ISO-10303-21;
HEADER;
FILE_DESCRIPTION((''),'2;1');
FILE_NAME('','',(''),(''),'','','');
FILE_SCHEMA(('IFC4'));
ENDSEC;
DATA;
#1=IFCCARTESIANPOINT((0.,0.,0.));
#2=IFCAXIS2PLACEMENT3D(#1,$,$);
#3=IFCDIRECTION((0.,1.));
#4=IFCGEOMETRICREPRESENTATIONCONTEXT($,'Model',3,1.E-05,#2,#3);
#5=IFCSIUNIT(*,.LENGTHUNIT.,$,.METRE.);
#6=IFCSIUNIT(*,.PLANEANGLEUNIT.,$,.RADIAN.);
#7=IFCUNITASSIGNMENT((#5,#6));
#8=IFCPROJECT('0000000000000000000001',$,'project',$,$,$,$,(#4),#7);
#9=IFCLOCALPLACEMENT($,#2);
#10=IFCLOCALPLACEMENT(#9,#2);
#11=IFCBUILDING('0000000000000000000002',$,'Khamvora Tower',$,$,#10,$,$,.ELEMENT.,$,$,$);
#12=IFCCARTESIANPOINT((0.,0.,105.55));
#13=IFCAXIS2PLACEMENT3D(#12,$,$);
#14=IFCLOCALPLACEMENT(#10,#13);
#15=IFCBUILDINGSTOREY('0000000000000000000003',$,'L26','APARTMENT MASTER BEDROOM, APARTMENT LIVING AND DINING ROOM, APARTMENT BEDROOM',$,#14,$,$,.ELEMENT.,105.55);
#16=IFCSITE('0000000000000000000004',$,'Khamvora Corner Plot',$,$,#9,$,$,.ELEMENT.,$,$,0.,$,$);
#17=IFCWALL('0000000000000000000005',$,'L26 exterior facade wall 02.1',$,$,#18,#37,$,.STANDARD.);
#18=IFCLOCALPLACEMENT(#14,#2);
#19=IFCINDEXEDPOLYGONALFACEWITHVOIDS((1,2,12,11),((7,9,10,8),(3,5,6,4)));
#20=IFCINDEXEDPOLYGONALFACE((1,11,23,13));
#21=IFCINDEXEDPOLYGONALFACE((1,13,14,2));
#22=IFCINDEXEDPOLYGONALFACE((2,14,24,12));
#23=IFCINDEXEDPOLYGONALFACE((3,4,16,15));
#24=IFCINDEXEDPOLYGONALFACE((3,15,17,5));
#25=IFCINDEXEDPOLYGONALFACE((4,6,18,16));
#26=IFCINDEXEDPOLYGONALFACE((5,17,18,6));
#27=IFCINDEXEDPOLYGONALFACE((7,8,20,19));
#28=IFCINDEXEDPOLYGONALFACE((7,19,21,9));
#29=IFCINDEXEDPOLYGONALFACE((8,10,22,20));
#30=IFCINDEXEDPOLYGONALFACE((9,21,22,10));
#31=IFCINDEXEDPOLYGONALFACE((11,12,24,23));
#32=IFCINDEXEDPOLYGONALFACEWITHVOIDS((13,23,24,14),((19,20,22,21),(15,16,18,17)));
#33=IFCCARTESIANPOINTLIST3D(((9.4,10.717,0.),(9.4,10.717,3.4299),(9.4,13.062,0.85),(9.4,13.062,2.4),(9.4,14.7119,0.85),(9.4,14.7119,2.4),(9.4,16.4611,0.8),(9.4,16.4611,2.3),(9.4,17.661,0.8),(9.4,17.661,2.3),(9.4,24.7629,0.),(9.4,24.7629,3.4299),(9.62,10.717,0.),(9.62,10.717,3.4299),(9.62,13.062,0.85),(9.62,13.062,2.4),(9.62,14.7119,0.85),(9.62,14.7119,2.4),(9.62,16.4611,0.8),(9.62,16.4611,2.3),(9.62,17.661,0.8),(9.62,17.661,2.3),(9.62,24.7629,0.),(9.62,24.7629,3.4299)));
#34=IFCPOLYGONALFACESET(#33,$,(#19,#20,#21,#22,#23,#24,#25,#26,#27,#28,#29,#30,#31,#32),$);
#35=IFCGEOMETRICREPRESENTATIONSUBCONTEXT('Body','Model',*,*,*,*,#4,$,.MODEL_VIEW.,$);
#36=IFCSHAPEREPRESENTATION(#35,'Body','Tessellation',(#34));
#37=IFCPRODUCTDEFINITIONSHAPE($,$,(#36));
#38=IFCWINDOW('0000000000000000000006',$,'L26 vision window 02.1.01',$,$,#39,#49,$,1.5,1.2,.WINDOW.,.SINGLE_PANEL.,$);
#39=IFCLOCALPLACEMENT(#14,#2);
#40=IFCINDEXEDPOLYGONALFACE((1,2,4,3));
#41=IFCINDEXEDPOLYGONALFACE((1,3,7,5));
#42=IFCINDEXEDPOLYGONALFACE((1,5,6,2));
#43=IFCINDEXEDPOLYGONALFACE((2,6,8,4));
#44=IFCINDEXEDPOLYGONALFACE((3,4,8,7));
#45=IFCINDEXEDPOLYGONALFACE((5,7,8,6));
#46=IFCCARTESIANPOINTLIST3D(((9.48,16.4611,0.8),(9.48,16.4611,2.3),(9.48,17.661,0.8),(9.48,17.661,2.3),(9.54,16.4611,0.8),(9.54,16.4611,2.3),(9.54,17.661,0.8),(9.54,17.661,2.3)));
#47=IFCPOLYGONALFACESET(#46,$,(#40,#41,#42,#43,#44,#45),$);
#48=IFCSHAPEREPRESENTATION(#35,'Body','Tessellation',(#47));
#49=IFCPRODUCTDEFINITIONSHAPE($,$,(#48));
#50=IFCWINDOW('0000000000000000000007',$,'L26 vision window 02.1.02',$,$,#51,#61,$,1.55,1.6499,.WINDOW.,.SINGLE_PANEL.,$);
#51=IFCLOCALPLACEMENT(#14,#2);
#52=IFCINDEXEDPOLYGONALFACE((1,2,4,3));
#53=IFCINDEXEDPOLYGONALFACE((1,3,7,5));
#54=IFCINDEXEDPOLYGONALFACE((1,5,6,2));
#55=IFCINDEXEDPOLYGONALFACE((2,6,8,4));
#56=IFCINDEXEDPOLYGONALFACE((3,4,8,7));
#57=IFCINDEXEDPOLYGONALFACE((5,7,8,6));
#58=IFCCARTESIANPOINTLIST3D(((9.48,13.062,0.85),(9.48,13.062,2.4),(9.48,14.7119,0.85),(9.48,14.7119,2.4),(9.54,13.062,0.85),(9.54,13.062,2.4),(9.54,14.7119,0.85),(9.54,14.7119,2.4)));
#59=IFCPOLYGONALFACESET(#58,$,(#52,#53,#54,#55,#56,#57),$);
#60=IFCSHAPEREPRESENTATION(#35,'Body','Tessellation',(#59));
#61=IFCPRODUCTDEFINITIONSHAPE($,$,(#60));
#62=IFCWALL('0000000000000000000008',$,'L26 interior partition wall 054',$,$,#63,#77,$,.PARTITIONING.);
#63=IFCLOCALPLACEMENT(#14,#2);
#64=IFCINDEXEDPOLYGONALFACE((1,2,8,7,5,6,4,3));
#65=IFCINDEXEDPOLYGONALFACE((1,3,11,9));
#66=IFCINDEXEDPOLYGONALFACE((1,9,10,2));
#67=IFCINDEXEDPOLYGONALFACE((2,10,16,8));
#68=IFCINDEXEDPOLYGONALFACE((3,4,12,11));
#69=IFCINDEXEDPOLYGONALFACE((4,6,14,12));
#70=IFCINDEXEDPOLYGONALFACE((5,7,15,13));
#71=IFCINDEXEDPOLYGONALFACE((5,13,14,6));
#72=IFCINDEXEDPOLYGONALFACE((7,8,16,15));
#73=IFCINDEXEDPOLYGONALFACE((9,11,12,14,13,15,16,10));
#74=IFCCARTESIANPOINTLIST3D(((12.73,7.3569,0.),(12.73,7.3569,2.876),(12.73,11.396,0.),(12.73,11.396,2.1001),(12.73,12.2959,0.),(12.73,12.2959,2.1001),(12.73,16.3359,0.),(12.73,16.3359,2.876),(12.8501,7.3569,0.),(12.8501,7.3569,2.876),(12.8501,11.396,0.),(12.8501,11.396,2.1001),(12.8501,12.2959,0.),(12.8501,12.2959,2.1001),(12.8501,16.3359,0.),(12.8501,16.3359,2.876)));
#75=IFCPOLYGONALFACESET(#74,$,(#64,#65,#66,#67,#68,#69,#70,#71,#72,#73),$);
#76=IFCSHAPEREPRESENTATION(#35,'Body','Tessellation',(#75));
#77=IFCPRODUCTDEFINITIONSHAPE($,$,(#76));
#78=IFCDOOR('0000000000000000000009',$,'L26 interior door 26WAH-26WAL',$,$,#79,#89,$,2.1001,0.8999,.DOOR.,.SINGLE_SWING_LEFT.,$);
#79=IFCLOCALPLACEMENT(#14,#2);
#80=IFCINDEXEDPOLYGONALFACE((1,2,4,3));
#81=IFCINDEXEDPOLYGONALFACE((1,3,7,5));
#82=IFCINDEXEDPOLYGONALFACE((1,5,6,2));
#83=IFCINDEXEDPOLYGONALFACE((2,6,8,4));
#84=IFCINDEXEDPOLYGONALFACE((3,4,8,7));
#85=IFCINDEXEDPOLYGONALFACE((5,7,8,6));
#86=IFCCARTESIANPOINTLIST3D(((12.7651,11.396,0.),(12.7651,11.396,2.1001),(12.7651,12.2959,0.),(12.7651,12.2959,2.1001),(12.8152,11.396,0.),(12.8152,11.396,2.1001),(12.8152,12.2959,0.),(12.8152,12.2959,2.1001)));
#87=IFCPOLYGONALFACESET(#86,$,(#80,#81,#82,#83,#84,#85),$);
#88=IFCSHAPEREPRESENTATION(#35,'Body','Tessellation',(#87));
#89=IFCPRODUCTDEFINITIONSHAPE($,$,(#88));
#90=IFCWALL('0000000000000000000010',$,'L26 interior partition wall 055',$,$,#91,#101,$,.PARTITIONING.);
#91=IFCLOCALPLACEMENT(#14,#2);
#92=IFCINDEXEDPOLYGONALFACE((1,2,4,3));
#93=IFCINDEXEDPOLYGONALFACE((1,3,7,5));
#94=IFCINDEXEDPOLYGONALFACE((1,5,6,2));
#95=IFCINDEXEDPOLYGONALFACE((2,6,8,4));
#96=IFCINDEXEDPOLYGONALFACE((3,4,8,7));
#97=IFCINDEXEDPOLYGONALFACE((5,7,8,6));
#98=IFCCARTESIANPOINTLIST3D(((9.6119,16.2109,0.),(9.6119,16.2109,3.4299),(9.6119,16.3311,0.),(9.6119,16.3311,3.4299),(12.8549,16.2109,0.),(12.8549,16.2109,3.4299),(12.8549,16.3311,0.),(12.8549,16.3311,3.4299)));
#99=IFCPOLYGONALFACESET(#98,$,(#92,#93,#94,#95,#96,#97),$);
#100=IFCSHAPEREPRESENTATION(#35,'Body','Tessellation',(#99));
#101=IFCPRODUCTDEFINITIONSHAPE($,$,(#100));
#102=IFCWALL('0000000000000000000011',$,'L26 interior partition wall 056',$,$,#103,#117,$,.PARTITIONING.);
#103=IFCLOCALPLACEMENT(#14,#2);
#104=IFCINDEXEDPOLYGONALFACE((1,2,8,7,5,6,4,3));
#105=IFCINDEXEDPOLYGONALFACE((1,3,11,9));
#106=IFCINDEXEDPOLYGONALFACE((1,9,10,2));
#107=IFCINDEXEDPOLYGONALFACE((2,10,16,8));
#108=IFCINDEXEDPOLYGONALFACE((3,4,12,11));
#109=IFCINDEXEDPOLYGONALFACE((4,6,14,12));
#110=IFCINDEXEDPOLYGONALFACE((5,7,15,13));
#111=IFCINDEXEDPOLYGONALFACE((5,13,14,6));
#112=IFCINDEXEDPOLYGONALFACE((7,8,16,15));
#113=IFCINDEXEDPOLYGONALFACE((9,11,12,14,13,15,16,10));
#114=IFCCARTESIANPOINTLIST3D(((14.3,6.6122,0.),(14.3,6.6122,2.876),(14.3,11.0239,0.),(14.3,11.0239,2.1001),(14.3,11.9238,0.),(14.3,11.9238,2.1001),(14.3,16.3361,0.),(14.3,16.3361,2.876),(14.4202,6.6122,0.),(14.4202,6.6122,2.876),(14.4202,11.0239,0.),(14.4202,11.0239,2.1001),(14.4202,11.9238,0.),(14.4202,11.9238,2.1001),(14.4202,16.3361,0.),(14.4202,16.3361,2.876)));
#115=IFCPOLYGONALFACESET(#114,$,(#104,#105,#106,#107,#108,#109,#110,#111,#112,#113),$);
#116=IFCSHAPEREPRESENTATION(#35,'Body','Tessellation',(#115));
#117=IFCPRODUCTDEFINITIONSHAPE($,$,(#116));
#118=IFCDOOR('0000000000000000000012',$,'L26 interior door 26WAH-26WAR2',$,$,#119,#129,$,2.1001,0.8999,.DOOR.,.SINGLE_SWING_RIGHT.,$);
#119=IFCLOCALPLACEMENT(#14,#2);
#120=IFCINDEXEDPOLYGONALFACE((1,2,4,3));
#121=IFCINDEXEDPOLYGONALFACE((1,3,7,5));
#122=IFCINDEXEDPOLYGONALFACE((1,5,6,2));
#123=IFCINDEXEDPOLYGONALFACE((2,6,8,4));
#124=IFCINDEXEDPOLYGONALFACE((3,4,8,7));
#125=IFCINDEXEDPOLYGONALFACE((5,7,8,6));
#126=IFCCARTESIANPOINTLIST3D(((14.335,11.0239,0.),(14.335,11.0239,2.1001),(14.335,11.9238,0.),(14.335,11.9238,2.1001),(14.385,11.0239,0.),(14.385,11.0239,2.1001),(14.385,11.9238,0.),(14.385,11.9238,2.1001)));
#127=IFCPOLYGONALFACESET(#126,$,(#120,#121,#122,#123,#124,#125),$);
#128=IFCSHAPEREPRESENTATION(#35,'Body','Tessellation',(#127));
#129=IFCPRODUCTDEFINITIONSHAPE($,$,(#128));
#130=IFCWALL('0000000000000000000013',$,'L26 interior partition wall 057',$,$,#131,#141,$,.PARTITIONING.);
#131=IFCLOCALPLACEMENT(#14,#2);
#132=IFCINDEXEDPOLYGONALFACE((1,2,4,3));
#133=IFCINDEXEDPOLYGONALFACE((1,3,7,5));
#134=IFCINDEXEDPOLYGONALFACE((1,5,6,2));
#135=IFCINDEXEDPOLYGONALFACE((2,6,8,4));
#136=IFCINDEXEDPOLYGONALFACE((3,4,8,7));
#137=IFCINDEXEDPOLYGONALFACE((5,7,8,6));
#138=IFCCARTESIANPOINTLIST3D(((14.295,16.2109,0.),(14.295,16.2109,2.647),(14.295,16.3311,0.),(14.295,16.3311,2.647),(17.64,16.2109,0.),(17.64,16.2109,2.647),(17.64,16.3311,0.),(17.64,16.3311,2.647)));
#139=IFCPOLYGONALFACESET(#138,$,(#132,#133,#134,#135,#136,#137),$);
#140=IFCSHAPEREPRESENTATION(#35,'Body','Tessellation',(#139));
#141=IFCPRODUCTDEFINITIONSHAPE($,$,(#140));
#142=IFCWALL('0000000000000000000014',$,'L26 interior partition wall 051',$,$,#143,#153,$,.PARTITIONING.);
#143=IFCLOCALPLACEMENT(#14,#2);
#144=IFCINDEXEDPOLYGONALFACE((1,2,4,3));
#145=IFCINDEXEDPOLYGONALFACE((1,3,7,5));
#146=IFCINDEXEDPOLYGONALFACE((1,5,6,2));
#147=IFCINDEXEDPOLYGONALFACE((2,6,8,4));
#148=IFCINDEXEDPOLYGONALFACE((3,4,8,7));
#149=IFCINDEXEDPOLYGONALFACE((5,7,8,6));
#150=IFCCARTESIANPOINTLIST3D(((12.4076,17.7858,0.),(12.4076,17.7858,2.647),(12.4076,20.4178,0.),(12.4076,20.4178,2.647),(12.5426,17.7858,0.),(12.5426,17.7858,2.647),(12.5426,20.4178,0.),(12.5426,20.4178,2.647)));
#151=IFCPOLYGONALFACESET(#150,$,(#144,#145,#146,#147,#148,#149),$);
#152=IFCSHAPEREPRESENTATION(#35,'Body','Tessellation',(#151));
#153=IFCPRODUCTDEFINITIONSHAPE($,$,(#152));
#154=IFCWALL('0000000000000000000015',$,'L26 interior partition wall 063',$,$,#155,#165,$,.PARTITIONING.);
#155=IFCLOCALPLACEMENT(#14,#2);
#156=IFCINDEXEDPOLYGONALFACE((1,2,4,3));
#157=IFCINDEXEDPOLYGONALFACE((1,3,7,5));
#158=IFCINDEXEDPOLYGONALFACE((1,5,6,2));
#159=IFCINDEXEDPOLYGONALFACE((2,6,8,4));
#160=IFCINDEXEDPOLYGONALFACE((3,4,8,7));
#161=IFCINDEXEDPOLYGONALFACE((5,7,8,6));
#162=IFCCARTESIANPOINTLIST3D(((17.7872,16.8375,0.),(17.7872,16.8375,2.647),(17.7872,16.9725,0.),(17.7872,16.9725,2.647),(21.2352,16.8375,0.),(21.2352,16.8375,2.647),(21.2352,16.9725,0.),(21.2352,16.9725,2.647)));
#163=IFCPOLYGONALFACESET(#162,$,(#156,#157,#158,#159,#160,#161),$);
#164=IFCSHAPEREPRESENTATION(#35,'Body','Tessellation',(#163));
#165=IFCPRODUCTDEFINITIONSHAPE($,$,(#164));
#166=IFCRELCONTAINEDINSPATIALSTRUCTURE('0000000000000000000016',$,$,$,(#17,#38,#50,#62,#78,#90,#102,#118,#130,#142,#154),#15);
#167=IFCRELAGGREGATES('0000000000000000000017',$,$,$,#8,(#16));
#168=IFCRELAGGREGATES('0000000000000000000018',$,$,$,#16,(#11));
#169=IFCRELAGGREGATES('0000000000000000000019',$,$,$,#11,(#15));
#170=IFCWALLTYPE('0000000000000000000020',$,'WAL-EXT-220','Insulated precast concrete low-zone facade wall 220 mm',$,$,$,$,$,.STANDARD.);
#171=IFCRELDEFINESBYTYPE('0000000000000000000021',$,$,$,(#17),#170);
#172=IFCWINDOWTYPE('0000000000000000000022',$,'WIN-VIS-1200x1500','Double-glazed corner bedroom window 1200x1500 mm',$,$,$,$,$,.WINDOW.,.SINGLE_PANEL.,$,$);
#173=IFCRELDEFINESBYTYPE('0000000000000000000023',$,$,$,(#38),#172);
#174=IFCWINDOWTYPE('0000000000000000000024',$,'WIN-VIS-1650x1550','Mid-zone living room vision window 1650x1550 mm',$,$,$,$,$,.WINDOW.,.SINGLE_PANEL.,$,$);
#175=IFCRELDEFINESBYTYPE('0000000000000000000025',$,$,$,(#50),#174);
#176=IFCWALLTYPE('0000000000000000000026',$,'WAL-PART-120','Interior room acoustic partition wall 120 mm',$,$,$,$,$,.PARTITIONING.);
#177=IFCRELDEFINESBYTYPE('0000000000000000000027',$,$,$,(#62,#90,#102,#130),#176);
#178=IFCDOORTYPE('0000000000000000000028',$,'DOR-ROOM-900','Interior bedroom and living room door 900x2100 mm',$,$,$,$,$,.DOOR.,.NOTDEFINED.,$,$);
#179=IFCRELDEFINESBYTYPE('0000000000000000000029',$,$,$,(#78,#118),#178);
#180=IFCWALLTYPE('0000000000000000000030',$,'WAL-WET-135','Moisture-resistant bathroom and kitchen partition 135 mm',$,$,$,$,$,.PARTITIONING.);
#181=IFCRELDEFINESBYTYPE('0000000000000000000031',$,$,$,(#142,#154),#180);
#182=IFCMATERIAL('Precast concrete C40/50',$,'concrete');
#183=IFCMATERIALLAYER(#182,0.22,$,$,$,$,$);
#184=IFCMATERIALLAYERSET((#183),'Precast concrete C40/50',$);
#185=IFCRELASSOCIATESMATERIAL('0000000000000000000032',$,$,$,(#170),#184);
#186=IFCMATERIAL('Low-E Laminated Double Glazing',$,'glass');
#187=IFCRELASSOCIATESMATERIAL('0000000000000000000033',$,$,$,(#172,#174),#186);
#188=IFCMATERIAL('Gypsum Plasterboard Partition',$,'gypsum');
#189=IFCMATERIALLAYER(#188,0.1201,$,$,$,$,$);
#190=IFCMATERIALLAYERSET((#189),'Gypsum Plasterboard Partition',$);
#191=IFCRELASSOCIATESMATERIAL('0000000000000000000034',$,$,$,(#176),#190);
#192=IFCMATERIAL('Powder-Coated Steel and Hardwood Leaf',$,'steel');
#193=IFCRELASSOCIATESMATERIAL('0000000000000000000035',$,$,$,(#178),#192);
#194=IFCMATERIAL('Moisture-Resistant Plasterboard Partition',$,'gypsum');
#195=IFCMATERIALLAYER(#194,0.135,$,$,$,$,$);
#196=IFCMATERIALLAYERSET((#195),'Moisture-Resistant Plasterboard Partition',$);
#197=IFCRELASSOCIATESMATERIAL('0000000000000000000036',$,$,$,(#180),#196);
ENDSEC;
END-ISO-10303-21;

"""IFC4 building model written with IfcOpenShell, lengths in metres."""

from ifc_helpers import new_model, si_unit, direction, frame, frame_2d, origin, place, context, subcontext, project, spatial, rectangle, extrude, material, layer, layer_set, type_object, element, fill, save


model = new_model("IFC4")

# Units and contexts
model_context = context("Model", 3, precision=1e-05, world=origin(), true_north=direction((0.0, 1.0)))
body_context = subcontext(model_context, "Body", "Model", "MODEL_VIEW")
ifc_project = project(units=[si_unit("LENGTHUNIT", "METRE"), si_unit("PLANEANGLEUNIT", "RADIAN")], contexts=[model_context])

# Site, building, storey
site_placement = place(None, origin())
site = spatial("IfcSite", under=ifc_project, at=site_placement, Name="Khamvora Corner Plot", CompositionType="ELEMENT", RefElevation=0.0)
building_placement = place(site_placement, origin())
building = spatial("IfcBuilding", under=site, at=building_placement, Name="Khamvora Tower", CompositionType="ELEMENT")
storey_placement = place(building_placement, frame((0.0, 0.0, 105.55)))
storey = spatial("IfcBuildingStorey", under=building, at=storey_placement, Name="L26", Description="APARTMENT MASTER BEDROOM, APARTMENT LIVING AND DINING ROOM, APARTMENT BEDROOM", CompositionType="ELEMENT", Elevation=105.55)

# Shared definitions
ifc_material_1 = material(Name="Precast concrete C40/50", Category="concrete")
ifc_layer_1 = layer(ifc_material_1, 0.22)
ifc_layer_set_1 = layer_set([ifc_layer_1], Name="Precast concrete C40/50")
wall_type_1 = type_object("IfcWallType", Name="WAL-EXT-220", Description="Insulated precast concrete low-zone facade wall 220 mm", PredefinedType="STANDARD", material=ifc_layer_set_1)

# Wall, openings, windows
wall_1_placement = place(storey_placement, frame((9.51, 10.717, 0.0), z_axis=(0.0, 0.0, 1.0), x_axis=(0.0, 1.0, 0.0)))
wall_1 = element("IfcWall", 1, at=wall_1_placement, inside=storey, type_object=wall_type_1, Name="L26 exterior facade wall 02.1", PredefinedType="STANDARD", context=body_context, shape_type="SweptSolid", body=[
    extrude(rectangle(XDim=14.0459, YDim=0.22, at=frame_2d((7.0229, 0.0))), origin(), (0.0, 0.0, 1.0), 3.4299),
])
opening_1_placement = place(wall_1_placement, frame((5.7439, 0.0, 0.8)))
opening_1 = element("IfcOpeningElement", 2, at=opening_1_placement, cuts=wall_1, PredefinedType="OPENING", context=body_context, shape_type="SweptSolid", body=[
    extrude(rectangle(XDim=1.2, YDim=1.5, at=frame_2d((0.6001, 0.75))), frame((0.0, 0.1199, 0.0), z_axis=(0.0, -1.0, 0.0), x_axis=(1.0, 0.0, 0.0)), (0.0, 0.0, 1.0), 0.24),
])
opening_2_placement = place(wall_1_placement, frame((2.345, 0.0, 0.8501)))
opening_2 = element("IfcOpeningElement", 3, at=opening_2_placement, cuts=wall_1, PredefinedType="OPENING", context=body_context, shape_type="SweptSolid", body=[
    extrude(rectangle(XDim=1.6499, YDim=1.55, at=frame_2d((0.825, 0.7749))), frame((0.0, 0.1199, 0.0), z_axis=(0.0, -1.0, 0.0), x_axis=(1.0, 0.0, 0.0)), (0.0, 0.0, 1.0), 0.24),
])
ifc_material_2 = material(Name="Low-E Laminated Double Glazing", Category="glass")
window_type_1 = type_object("IfcWindowType", Name="WIN-VIS-1200x1500", Description="Double-glazed corner bedroom window 1200x1500 mm", PartitioningType="SINGLE_PANEL", PredefinedType="WINDOW", material=ifc_material_2)
window_1_placement = place(opening_1_placement, origin())
window_1 = element("IfcWindow", 4, at=window_1_placement, inside=storey, type_object=window_type_1, Name="L26 vision window 02.1.01", OverallHeight=1.5, OverallWidth=1.2, PartitioningType="SINGLE_PANEL", PredefinedType="WINDOW", context=body_context, shape_type="SweptSolid", body=[
    extrude(rectangle(XDim=1.2, YDim=1.5, at=frame_2d((0.6001, 0.75))), frame((0.0, 0.03, 0.0), z_axis=(0.0, -1.0, 0.0), x_axis=(1.0, 0.0, 0.0)), (0.0, 0.0, 1.0), 0.0601),
])
fill(opening_1, window_1)
window_type_2 = type_object("IfcWindowType", Name="WIN-VIS-1650x1550", Description="Mid-zone living room vision window 1650x1550 mm", PartitioningType="SINGLE_PANEL", PredefinedType="WINDOW", material=ifc_material_2)
window_2_placement = place(opening_2_placement, origin())
window_2 = element("IfcWindow", 5, at=window_2_placement, inside=storey, type_object=window_type_2, Name="L26 vision window 02.1.02", OverallHeight=1.55, OverallWidth=1.6499, PartitioningType="SINGLE_PANEL", PredefinedType="WINDOW", context=body_context, shape_type="SweptSolid", body=[
    extrude(rectangle(XDim=1.6499, YDim=1.55, at=frame_2d((0.825, 0.7749))), frame((0.0, 0.03, 0.0), z_axis=(0.0, -1.0, 0.0), x_axis=(1.0, 0.0, 0.0)), (0.0, 0.0, 1.0), 0.0601),
])
fill(opening_2, window_2)

# Wall, opening, door
ifc_material_3 = material(Name="Gypsum Plasterboard Partition", Category="gypsum")
ifc_layer_2 = layer(ifc_material_3, 0.1201)
ifc_layer_set_2 = layer_set([ifc_layer_2], Name="Gypsum Plasterboard Partition")
wall_type_2 = type_object("IfcWallType", Name="WAL-PART-120", Description="Interior room acoustic partition wall 120 mm", PredefinedType="PARTITIONING", material=ifc_layer_set_2)
wall_2_placement = place(storey_placement, frame((12.79, 7.3569, 0.0), z_axis=(0.0, 0.0, 1.0), x_axis=(0.0, 1.0, 0.0)))
wall_2 = element("IfcWall", 6, at=wall_2_placement, inside=storey, type_object=wall_type_2, Name="L26 interior partition wall 054", PredefinedType="PARTITIONING", context=body_context, shape_type="SweptSolid", body=[
    extrude(rectangle(XDim=8.979, YDim=0.1201, at=frame_2d((4.4895, 0.0))), origin(), (0.0, 0.0, 1.0), 2.876),
])
opening_3_placement = place(wall_2_placement, frame((4.0391, 0.0, 0.0)))
opening_3 = element("IfcOpeningElement", 7, at=opening_3_placement, cuts=wall_2, PredefinedType="OPENING", context=body_context, shape_type="SweptSolid", body=[
    extrude(rectangle(XDim=0.8999, YDim=2.1001, at=frame_2d((0.45, 1.05))), frame((0.0, 0.0701, 0.0), z_axis=(0.0, -1.0, 0.0), x_axis=(1.0, 0.0, 0.0)), (0.0, 0.0, 1.0), 0.1401),
])
ifc_material_4 = material(Name="Powder-Coated Steel and Hardwood Leaf", Category="steel")
door_type = type_object("IfcDoorType", Name="DOR-ROOM-900", Description="Interior bedroom and living room door 900x2100 mm", OperationType="NOTDEFINED", PredefinedType="DOOR", material=ifc_material_4)
door_1_placement = place(opening_3_placement, origin())
door_1 = element("IfcDoor", 8, at=door_1_placement, inside=storey, type_object=door_type, Name="L26 interior door 26WAH-26WAL", OperationType="SINGLE_SWING_LEFT", OverallHeight=2.1001, OverallWidth=0.8999, PredefinedType="DOOR", context=body_context, shape_type="SweptSolid", body=[
    extrude(rectangle(XDim=0.8999, YDim=2.1001, at=frame_2d((0.45, 1.05))), frame((0.0, 0.0249, 0.0), z_axis=(0.0, -1.0, 0.0), x_axis=(1.0, 0.0, 0.0)), (0.0, 0.0, 1.0), 0.05),
])
fill(opening_3, door_1)

# Wall
wall_3_placement = place(storey_placement, frame((12.855, 16.271, 0.0), z_axis=(0.0, 0.0, 1.0), x_axis=(-1.0, 0.0, 0.0)))
element("IfcWall", 9, at=wall_3_placement, inside=storey, type_object=wall_type_2, Name="L26 interior partition wall 055", PredefinedType="PARTITIONING", context=body_context, shape_type="SweptSolid", body=[
    extrude(rectangle(XDim=3.2429, YDim=0.1201, at=frame_2d((1.6216, 0.0))), origin(), (0.0, 0.0, 1.0), 3.4299),
])

# Wall, opening, door
wall_4_placement = place(storey_placement, frame((14.3601, 16.3359, 0.0), z_axis=(0.0, 0.0, 1.0), x_axis=(0.0, -1.0, 0.0)))
wall_4 = element("IfcWall", 10, at=wall_4_placement, inside=storey, type_object=wall_type_2, Name="L26 interior partition wall 056", PredefinedType="PARTITIONING", context=body_context, shape_type="SweptSolid", body=[
    extrude(rectangle(XDim=9.7239, YDim=0.1201, at=frame_2d((4.8618, 0.0))), origin(), (0.0, 0.0, 1.0), 2.876),
])
opening_4_placement = place(wall_4_placement, frame((4.4121, 0.0, 0.0)))
opening_4 = element("IfcOpeningElement", 11, at=opening_4_placement, cuts=wall_4, PredefinedType="OPENING", context=body_context, shape_type="SweptSolid", body=[
    extrude(rectangle(XDim=0.8999, YDim=2.1001, at=frame_2d((0.45, 1.05))), frame((0.0, 0.0701, 0.0), z_axis=(0.0, -1.0, 0.0), x_axis=(1.0, 0.0, 0.0)), (0.0, 0.0, 1.0), 0.1401),
])
door_2_placement = place(opening_4_placement, origin())
door_2 = element("IfcDoor", 12, at=door_2_placement, inside=storey, type_object=door_type, Name="L26 interior door 26WAH-26WAR2", OperationType="SINGLE_SWING_RIGHT", OverallHeight=2.1001, OverallWidth=0.8999, PredefinedType="DOOR", context=body_context, shape_type="SweptSolid", body=[
    extrude(rectangle(XDim=0.8999, YDim=2.1001, at=frame_2d((0.45, 1.05))), frame((0.0, 0.0249, 0.0), z_axis=(0.0, -1.0, 0.0), x_axis=(1.0, 0.0, 0.0)), (0.0, 0.0, 1.0), 0.05),
])
fill(opening_4, door_2)

# Walls
wall_5_placement = place(storey_placement, frame((17.6399, 16.271, 0.0), z_axis=(0.0, 0.0, 1.0), x_axis=(-1.0, 0.0, 0.0)))
element("IfcWall", 13, at=wall_5_placement, inside=storey, type_object=wall_type_2, Name="L26 interior partition wall 057", PredefinedType="PARTITIONING", context=body_context, shape_type="SweptSolid", body=[
    extrude(rectangle(XDim=3.345, YDim=0.1201, at=frame_2d((1.6724, 0.0))), origin(), (0.0, 0.0, 1.0), 2.647),
])
ifc_material_5 = material(Name="Moisture-Resistant Plasterboard Partition", Category="gypsum")
ifc_layer_3 = layer(ifc_material_5, 0.135)
ifc_layer_set_3 = layer_set([ifc_layer_3], Name="Moisture-Resistant Plasterboard Partition")
wall_type_3 = type_object("IfcWallType", Name="WAL-WET-135", Description="Moisture-resistant bathroom and kitchen partition 135 mm", PredefinedType="PARTITIONING", material=ifc_layer_set_3)
wall_6_placement = place(storey_placement, frame((12.4751, 17.7859, 0.0), z_axis=(0.0, 0.0, 1.0), x_axis=(0.0, 1.0, 0.0)))
element("IfcWall", 14, at=wall_6_placement, inside=storey, type_object=wall_type_3, Name="L26 interior partition wall 051", PredefinedType="PARTITIONING", context=body_context, shape_type="SweptSolid", body=[
    extrude(rectangle(XDim=2.6321, YDim=0.135, at=frame_2d((1.3159, 0.0))), origin(), (0.0, 0.0, 1.0), 2.647),
])
wall_7_placement = place(storey_placement, frame((17.7871, 16.905, 0.0), z_axis=(0.0, 0.0, 1.0), x_axis=(1.0, 0.0, 0.0)))
element("IfcWall", 15, at=wall_7_placement, inside=storey, type_object=wall_type_3, Name="L26 interior partition wall 063", PredefinedType="PARTITIONING", context=body_context, shape_type="SweptSolid", body=[
    extrude(rectangle(XDim=3.448, YDim=0.135, at=frame_2d((1.7241, 0.0))), origin(), (0.0, 0.0, 1.0), 2.647),
])

save(model, "model.ifc")
